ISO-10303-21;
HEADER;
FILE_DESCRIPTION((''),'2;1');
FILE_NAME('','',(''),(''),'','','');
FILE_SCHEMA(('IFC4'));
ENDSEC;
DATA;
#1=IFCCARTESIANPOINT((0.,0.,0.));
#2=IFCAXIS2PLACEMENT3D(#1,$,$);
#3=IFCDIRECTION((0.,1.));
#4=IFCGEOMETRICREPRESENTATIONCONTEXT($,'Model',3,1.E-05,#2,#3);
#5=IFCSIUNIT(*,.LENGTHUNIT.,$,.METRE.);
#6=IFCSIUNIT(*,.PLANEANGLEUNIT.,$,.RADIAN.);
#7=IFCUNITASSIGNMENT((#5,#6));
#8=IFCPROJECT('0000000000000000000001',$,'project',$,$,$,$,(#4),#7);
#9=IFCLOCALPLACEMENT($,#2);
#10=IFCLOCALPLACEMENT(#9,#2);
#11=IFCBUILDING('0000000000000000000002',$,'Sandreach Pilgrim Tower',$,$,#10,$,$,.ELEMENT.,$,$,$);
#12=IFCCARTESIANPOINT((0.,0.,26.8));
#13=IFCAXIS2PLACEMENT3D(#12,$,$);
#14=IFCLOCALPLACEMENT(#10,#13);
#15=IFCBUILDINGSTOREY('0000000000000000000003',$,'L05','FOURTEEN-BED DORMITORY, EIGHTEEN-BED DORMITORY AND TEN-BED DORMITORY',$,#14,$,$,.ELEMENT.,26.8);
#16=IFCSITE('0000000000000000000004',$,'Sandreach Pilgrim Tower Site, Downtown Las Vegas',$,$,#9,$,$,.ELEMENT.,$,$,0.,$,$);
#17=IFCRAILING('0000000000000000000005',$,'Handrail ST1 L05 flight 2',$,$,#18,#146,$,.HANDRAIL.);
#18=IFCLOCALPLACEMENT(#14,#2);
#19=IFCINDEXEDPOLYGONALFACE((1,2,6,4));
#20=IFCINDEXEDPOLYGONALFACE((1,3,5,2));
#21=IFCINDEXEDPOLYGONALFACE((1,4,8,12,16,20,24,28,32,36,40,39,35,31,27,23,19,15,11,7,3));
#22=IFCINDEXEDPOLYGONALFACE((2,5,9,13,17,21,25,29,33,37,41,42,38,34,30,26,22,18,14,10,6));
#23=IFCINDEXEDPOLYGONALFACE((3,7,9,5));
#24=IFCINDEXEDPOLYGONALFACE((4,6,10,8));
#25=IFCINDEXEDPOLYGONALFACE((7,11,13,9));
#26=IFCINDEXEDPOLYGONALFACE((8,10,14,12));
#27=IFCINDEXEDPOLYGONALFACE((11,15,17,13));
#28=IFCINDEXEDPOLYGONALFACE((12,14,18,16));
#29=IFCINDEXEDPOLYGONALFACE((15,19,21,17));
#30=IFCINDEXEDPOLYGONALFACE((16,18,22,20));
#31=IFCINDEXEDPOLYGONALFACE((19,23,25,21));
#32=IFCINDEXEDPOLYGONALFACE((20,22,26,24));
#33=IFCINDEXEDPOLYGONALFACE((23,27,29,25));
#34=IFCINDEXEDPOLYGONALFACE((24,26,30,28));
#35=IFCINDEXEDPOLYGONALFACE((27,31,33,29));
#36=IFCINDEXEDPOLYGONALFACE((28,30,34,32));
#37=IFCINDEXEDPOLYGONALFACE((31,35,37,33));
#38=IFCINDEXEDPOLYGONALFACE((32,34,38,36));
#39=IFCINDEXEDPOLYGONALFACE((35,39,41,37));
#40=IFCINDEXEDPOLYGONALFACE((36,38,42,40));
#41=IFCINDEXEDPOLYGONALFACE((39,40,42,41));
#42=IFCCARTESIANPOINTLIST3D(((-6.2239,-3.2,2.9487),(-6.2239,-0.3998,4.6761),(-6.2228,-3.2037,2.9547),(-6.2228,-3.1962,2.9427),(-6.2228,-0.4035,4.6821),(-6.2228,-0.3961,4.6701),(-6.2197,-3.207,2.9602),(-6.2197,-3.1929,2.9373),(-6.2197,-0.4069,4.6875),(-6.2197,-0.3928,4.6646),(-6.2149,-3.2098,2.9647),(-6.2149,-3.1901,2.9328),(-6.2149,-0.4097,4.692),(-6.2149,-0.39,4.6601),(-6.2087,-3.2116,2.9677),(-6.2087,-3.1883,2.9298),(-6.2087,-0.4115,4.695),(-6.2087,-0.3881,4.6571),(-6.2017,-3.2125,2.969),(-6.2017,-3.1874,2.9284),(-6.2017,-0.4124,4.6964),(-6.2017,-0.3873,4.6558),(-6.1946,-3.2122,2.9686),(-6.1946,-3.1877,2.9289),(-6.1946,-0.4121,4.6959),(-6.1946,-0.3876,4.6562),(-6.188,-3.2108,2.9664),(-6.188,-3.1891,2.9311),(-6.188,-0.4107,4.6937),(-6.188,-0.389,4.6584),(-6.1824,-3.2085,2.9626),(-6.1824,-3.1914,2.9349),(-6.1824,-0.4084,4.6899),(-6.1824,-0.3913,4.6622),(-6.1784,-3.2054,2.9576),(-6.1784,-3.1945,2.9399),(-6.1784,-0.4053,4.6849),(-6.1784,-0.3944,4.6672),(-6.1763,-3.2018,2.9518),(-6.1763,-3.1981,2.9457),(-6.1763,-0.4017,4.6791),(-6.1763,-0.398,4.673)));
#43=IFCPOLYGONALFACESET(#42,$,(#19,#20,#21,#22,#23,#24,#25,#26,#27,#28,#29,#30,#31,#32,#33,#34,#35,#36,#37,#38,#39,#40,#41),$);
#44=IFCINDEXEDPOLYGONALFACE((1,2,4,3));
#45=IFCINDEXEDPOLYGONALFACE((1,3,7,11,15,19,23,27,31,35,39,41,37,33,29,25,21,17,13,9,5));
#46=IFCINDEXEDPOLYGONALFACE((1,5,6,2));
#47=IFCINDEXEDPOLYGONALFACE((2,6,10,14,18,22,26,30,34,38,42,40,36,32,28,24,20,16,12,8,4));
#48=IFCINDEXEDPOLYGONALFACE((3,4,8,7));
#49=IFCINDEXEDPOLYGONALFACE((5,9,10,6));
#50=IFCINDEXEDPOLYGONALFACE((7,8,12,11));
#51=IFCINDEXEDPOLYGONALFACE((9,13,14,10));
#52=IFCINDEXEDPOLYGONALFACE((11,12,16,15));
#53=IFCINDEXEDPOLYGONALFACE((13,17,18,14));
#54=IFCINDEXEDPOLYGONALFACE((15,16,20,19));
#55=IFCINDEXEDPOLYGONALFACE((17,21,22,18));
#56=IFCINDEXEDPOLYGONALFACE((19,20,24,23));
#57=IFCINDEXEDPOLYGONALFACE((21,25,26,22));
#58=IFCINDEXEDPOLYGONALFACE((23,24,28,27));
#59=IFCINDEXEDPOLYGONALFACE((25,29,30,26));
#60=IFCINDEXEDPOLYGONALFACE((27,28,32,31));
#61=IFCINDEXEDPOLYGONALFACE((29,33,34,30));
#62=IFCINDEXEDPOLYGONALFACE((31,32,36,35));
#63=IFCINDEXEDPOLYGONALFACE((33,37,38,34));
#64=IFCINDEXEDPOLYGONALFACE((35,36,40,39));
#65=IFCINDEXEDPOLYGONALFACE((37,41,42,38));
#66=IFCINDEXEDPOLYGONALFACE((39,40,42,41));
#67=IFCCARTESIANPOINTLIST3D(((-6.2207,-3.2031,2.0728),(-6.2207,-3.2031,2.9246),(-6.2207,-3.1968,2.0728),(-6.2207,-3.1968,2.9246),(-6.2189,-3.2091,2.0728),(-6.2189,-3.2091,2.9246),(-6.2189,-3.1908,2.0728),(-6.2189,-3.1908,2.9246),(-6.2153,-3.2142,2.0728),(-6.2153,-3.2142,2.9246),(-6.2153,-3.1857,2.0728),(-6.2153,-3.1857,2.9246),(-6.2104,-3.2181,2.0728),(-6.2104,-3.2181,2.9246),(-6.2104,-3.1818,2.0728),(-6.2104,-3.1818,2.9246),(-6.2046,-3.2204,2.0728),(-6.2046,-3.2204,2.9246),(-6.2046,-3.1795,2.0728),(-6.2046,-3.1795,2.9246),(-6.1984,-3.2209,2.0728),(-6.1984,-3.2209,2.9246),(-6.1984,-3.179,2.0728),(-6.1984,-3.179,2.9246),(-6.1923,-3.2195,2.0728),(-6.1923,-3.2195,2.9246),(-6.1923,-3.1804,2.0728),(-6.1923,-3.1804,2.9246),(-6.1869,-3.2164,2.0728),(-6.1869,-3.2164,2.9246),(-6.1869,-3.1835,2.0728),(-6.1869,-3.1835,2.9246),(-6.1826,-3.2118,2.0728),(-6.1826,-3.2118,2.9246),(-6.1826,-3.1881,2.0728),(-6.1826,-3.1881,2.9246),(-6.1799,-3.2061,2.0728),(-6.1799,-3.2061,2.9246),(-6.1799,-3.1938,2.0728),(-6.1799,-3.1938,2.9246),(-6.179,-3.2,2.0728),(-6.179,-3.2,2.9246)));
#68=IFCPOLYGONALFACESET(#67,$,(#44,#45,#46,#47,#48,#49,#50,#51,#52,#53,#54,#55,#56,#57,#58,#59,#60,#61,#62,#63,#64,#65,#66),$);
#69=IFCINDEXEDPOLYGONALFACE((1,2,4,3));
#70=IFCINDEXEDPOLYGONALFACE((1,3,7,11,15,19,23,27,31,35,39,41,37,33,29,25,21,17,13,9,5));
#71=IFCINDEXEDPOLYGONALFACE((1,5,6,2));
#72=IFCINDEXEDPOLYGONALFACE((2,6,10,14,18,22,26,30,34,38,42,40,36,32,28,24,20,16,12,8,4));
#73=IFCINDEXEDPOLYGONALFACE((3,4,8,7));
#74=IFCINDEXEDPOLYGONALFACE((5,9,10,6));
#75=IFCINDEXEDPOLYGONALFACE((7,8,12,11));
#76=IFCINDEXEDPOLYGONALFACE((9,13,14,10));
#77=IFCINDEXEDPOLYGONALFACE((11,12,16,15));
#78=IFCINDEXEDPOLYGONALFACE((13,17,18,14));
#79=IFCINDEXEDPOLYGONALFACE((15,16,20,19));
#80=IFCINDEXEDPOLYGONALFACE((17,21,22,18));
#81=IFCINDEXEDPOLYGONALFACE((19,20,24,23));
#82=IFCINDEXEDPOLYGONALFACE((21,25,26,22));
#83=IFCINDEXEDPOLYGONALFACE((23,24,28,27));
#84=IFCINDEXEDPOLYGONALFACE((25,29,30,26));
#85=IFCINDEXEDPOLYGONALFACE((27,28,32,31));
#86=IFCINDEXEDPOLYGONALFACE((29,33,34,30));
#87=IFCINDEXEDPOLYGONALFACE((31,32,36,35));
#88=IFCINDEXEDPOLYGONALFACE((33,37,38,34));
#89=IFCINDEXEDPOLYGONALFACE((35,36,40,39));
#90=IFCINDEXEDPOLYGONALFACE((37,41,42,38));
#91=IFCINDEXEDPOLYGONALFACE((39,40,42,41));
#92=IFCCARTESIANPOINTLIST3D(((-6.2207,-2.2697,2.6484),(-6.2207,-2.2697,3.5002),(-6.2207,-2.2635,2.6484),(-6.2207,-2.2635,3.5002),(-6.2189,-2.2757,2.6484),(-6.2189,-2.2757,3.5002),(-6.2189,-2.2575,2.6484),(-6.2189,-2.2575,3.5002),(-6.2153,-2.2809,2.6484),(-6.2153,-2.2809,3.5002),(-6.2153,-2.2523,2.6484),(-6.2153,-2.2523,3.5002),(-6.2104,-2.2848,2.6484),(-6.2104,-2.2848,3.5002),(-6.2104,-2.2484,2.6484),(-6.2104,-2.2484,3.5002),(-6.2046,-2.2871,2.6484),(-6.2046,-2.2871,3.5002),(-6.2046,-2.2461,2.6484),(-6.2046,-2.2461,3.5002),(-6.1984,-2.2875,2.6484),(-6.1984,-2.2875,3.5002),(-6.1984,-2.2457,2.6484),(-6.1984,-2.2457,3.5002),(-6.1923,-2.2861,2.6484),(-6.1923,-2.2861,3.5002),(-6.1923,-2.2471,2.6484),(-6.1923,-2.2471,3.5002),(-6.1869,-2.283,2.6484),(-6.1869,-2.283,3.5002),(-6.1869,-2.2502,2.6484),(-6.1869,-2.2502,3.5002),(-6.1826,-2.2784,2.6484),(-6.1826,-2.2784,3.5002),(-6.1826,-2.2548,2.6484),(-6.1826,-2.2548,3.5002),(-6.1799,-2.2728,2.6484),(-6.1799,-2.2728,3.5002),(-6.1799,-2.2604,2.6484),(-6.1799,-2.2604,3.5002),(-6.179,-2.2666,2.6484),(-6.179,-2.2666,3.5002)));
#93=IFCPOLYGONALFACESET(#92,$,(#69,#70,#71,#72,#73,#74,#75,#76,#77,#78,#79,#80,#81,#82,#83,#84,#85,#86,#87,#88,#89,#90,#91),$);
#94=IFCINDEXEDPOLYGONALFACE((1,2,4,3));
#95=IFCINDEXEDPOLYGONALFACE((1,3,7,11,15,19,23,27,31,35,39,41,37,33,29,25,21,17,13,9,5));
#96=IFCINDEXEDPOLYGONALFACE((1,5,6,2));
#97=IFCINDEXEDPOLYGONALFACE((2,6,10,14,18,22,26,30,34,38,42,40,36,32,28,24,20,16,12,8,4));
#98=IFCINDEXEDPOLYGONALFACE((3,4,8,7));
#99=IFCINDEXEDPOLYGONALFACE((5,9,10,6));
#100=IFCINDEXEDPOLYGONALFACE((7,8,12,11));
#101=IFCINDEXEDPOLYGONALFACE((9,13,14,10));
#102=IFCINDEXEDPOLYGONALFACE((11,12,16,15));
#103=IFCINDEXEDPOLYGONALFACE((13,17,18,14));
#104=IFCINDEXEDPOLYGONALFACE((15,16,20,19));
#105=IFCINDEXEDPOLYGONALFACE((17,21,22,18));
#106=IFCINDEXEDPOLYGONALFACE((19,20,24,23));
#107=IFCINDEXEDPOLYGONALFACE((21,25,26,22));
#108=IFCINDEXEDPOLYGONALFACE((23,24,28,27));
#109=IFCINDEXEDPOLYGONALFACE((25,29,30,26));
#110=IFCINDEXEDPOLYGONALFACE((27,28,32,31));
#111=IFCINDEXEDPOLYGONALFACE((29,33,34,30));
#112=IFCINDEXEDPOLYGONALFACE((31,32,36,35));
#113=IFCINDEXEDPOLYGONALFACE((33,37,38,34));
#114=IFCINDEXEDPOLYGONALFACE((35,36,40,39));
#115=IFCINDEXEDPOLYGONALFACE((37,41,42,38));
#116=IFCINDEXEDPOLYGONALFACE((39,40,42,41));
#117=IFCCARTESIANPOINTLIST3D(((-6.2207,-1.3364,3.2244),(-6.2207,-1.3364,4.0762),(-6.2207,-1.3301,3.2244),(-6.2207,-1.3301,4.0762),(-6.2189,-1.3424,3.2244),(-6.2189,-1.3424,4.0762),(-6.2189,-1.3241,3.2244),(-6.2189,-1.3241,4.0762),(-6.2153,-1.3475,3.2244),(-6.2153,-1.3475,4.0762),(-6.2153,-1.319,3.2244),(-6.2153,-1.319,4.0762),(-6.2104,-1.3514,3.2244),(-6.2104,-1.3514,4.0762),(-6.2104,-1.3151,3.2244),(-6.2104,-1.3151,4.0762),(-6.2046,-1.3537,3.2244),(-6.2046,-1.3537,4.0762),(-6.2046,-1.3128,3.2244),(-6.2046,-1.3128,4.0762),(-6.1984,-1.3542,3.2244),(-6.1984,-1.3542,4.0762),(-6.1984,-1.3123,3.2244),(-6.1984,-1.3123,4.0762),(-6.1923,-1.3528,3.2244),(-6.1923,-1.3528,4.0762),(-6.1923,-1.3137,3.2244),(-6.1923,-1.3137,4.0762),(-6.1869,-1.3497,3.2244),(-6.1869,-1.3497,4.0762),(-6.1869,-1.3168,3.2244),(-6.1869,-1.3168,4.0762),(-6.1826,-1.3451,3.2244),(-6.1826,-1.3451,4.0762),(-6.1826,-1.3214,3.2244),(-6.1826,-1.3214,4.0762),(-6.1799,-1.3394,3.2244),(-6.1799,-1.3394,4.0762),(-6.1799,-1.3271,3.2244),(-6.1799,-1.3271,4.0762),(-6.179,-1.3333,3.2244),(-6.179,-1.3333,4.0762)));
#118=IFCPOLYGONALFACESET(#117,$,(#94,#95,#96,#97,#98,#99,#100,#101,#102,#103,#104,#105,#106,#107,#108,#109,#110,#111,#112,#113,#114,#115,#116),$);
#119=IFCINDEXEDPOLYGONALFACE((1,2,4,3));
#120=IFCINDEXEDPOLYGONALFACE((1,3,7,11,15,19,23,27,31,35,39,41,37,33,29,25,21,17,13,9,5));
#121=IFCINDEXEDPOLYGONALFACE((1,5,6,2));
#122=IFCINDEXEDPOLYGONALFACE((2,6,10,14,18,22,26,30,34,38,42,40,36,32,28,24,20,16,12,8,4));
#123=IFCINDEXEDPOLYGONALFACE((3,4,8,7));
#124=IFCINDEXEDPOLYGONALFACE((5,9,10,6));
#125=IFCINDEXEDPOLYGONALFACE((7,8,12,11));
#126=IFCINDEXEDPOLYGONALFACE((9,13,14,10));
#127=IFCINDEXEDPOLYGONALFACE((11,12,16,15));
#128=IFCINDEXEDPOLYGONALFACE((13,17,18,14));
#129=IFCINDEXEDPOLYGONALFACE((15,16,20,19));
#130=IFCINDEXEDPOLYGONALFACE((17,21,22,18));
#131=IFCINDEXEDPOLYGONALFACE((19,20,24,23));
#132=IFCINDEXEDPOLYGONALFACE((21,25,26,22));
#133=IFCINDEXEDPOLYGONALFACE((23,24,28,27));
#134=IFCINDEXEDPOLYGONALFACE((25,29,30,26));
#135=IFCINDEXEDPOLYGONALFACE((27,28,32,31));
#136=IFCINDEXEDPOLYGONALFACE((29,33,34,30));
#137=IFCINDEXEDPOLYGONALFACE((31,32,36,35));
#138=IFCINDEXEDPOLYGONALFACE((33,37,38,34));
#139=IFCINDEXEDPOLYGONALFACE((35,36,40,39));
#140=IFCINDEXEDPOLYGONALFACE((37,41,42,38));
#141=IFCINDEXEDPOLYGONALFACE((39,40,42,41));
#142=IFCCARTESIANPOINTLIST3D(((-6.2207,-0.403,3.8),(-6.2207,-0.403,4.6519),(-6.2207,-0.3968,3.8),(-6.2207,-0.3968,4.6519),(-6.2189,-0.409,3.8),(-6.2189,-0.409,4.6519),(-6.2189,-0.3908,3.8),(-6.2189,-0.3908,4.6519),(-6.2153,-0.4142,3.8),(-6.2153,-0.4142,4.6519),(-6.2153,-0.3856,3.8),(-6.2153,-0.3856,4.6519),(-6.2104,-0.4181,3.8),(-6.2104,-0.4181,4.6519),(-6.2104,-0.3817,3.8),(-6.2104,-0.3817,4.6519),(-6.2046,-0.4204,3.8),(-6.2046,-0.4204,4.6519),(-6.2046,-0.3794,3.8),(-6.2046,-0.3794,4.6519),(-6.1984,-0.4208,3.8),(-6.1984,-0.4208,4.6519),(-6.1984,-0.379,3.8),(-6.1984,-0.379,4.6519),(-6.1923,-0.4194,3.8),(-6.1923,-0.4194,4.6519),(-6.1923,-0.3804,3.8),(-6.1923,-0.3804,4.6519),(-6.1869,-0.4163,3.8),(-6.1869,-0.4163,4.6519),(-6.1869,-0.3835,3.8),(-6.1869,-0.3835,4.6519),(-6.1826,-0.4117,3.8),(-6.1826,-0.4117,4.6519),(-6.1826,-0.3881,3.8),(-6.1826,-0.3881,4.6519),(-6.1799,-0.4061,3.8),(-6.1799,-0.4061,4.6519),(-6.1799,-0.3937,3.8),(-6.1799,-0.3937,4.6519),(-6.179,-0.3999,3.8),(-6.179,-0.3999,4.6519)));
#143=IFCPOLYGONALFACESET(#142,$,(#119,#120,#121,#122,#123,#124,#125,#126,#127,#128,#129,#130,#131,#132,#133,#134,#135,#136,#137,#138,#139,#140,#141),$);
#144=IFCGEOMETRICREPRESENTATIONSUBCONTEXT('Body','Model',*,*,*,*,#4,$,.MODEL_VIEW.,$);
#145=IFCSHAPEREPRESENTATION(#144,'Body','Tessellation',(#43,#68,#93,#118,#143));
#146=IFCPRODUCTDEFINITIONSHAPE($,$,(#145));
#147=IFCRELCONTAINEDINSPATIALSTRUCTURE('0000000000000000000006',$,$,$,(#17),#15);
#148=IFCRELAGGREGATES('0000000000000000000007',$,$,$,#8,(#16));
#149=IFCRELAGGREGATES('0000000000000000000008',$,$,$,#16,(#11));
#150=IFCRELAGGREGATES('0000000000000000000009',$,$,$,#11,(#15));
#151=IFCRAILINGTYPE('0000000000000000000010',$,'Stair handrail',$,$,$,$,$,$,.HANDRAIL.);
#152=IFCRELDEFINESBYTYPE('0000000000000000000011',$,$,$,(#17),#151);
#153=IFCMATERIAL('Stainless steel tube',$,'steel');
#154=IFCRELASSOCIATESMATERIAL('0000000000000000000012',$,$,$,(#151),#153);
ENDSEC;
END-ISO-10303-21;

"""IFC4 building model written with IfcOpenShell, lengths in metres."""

from ifc_helpers import new_model, si_unit, direction, frame, origin, origin_2d, place, context, subcontext, project, spatial, circle, extrude, material, type_object, element, save


model = new_model("IFC4")

# Units and contexts
model_context = context("Model", 3, precision=1e-05, world=origin(), true_north=direction((0.0, 1.0)))
body_context = subcontext(model_context, "Body", "Model", "MODEL_VIEW")
ifc_project = project(units=[si_unit("LENGTHUNIT", "METRE"), si_unit("PLANEANGLEUNIT", "RADIAN")], contexts=[model_context])

# Site, building, storey
site_placement = place(None, origin())
site = spatial("IfcSite", under=ifc_project, at=site_placement, Name="Sandreach Pilgrim Tower Site, Downtown Las Vegas", CompositionType="ELEMENT", RefElevation=0.0)
building_placement = place(site_placement, origin())
building = spatial("IfcBuilding", under=site, at=building_placement, Name="Sandreach Pilgrim Tower", CompositionType="ELEMENT")
storey_placement = place(building_placement, frame((0.0, 0.0, 26.8)))
storey = spatial("IfcBuildingStorey", under=building, at=storey_placement, Name="L05", Description="FOURTEEN-BED DORMITORY, EIGHTEEN-BED DORMITORY AND TEN-BED DORMITORY", CompositionType="ELEMENT", Elevation=26.8)

# Railing
ifc_material_1 = material(Name="Stainless steel tube", Category="steel")
railing_type = type_object("IfcRailingType", Name="Stair handrail", PredefinedType="HANDRAIL", material=ifc_material_1)
for number, where, name in (
    (1, (-6.2, -3.2, 2.0728), "Handrail ST1 L05 flight 2"),
):
    element("IfcRailing", number, at=place(storey_placement, frame(where)), inside=storey, type_object=railing_type, Name=name, PredefinedType="HANDRAIL", context=body_context, shape_type="SweptSolid", body=[
        extrude(circle(Radius=0.0239, at=origin_2d()), frame((0.0, 0.0, 0.876), z_axis=(0.0, 0.85109, 0.52502), x_axis=(-1.0, 0.0, 0.0)), (0.0, 0.0, 1.0), 3.29),
        extrude(circle(Radius=0.021, at=origin_2d()), origin(), (0.0, 0.0, 1.0), 0.8518),
        extrude(circle(Radius=0.021, at=origin_2d()), frame((0.0, 0.9333, 0.5757)), (0.0, 0.0, 1.0), 0.8518),
        extrude(circle(Radius=0.021, at=origin_2d()), frame((0.0, 1.8667, 1.1516)), (0.0, 0.0, 1.0), 0.8518),
        extrude(circle(Radius=0.021, at=origin_2d()), frame((0.0, 2.8, 1.7273)), (0.0, 0.0, 1.0), 0.8518),
    ])

save(model, "model.ifc")
